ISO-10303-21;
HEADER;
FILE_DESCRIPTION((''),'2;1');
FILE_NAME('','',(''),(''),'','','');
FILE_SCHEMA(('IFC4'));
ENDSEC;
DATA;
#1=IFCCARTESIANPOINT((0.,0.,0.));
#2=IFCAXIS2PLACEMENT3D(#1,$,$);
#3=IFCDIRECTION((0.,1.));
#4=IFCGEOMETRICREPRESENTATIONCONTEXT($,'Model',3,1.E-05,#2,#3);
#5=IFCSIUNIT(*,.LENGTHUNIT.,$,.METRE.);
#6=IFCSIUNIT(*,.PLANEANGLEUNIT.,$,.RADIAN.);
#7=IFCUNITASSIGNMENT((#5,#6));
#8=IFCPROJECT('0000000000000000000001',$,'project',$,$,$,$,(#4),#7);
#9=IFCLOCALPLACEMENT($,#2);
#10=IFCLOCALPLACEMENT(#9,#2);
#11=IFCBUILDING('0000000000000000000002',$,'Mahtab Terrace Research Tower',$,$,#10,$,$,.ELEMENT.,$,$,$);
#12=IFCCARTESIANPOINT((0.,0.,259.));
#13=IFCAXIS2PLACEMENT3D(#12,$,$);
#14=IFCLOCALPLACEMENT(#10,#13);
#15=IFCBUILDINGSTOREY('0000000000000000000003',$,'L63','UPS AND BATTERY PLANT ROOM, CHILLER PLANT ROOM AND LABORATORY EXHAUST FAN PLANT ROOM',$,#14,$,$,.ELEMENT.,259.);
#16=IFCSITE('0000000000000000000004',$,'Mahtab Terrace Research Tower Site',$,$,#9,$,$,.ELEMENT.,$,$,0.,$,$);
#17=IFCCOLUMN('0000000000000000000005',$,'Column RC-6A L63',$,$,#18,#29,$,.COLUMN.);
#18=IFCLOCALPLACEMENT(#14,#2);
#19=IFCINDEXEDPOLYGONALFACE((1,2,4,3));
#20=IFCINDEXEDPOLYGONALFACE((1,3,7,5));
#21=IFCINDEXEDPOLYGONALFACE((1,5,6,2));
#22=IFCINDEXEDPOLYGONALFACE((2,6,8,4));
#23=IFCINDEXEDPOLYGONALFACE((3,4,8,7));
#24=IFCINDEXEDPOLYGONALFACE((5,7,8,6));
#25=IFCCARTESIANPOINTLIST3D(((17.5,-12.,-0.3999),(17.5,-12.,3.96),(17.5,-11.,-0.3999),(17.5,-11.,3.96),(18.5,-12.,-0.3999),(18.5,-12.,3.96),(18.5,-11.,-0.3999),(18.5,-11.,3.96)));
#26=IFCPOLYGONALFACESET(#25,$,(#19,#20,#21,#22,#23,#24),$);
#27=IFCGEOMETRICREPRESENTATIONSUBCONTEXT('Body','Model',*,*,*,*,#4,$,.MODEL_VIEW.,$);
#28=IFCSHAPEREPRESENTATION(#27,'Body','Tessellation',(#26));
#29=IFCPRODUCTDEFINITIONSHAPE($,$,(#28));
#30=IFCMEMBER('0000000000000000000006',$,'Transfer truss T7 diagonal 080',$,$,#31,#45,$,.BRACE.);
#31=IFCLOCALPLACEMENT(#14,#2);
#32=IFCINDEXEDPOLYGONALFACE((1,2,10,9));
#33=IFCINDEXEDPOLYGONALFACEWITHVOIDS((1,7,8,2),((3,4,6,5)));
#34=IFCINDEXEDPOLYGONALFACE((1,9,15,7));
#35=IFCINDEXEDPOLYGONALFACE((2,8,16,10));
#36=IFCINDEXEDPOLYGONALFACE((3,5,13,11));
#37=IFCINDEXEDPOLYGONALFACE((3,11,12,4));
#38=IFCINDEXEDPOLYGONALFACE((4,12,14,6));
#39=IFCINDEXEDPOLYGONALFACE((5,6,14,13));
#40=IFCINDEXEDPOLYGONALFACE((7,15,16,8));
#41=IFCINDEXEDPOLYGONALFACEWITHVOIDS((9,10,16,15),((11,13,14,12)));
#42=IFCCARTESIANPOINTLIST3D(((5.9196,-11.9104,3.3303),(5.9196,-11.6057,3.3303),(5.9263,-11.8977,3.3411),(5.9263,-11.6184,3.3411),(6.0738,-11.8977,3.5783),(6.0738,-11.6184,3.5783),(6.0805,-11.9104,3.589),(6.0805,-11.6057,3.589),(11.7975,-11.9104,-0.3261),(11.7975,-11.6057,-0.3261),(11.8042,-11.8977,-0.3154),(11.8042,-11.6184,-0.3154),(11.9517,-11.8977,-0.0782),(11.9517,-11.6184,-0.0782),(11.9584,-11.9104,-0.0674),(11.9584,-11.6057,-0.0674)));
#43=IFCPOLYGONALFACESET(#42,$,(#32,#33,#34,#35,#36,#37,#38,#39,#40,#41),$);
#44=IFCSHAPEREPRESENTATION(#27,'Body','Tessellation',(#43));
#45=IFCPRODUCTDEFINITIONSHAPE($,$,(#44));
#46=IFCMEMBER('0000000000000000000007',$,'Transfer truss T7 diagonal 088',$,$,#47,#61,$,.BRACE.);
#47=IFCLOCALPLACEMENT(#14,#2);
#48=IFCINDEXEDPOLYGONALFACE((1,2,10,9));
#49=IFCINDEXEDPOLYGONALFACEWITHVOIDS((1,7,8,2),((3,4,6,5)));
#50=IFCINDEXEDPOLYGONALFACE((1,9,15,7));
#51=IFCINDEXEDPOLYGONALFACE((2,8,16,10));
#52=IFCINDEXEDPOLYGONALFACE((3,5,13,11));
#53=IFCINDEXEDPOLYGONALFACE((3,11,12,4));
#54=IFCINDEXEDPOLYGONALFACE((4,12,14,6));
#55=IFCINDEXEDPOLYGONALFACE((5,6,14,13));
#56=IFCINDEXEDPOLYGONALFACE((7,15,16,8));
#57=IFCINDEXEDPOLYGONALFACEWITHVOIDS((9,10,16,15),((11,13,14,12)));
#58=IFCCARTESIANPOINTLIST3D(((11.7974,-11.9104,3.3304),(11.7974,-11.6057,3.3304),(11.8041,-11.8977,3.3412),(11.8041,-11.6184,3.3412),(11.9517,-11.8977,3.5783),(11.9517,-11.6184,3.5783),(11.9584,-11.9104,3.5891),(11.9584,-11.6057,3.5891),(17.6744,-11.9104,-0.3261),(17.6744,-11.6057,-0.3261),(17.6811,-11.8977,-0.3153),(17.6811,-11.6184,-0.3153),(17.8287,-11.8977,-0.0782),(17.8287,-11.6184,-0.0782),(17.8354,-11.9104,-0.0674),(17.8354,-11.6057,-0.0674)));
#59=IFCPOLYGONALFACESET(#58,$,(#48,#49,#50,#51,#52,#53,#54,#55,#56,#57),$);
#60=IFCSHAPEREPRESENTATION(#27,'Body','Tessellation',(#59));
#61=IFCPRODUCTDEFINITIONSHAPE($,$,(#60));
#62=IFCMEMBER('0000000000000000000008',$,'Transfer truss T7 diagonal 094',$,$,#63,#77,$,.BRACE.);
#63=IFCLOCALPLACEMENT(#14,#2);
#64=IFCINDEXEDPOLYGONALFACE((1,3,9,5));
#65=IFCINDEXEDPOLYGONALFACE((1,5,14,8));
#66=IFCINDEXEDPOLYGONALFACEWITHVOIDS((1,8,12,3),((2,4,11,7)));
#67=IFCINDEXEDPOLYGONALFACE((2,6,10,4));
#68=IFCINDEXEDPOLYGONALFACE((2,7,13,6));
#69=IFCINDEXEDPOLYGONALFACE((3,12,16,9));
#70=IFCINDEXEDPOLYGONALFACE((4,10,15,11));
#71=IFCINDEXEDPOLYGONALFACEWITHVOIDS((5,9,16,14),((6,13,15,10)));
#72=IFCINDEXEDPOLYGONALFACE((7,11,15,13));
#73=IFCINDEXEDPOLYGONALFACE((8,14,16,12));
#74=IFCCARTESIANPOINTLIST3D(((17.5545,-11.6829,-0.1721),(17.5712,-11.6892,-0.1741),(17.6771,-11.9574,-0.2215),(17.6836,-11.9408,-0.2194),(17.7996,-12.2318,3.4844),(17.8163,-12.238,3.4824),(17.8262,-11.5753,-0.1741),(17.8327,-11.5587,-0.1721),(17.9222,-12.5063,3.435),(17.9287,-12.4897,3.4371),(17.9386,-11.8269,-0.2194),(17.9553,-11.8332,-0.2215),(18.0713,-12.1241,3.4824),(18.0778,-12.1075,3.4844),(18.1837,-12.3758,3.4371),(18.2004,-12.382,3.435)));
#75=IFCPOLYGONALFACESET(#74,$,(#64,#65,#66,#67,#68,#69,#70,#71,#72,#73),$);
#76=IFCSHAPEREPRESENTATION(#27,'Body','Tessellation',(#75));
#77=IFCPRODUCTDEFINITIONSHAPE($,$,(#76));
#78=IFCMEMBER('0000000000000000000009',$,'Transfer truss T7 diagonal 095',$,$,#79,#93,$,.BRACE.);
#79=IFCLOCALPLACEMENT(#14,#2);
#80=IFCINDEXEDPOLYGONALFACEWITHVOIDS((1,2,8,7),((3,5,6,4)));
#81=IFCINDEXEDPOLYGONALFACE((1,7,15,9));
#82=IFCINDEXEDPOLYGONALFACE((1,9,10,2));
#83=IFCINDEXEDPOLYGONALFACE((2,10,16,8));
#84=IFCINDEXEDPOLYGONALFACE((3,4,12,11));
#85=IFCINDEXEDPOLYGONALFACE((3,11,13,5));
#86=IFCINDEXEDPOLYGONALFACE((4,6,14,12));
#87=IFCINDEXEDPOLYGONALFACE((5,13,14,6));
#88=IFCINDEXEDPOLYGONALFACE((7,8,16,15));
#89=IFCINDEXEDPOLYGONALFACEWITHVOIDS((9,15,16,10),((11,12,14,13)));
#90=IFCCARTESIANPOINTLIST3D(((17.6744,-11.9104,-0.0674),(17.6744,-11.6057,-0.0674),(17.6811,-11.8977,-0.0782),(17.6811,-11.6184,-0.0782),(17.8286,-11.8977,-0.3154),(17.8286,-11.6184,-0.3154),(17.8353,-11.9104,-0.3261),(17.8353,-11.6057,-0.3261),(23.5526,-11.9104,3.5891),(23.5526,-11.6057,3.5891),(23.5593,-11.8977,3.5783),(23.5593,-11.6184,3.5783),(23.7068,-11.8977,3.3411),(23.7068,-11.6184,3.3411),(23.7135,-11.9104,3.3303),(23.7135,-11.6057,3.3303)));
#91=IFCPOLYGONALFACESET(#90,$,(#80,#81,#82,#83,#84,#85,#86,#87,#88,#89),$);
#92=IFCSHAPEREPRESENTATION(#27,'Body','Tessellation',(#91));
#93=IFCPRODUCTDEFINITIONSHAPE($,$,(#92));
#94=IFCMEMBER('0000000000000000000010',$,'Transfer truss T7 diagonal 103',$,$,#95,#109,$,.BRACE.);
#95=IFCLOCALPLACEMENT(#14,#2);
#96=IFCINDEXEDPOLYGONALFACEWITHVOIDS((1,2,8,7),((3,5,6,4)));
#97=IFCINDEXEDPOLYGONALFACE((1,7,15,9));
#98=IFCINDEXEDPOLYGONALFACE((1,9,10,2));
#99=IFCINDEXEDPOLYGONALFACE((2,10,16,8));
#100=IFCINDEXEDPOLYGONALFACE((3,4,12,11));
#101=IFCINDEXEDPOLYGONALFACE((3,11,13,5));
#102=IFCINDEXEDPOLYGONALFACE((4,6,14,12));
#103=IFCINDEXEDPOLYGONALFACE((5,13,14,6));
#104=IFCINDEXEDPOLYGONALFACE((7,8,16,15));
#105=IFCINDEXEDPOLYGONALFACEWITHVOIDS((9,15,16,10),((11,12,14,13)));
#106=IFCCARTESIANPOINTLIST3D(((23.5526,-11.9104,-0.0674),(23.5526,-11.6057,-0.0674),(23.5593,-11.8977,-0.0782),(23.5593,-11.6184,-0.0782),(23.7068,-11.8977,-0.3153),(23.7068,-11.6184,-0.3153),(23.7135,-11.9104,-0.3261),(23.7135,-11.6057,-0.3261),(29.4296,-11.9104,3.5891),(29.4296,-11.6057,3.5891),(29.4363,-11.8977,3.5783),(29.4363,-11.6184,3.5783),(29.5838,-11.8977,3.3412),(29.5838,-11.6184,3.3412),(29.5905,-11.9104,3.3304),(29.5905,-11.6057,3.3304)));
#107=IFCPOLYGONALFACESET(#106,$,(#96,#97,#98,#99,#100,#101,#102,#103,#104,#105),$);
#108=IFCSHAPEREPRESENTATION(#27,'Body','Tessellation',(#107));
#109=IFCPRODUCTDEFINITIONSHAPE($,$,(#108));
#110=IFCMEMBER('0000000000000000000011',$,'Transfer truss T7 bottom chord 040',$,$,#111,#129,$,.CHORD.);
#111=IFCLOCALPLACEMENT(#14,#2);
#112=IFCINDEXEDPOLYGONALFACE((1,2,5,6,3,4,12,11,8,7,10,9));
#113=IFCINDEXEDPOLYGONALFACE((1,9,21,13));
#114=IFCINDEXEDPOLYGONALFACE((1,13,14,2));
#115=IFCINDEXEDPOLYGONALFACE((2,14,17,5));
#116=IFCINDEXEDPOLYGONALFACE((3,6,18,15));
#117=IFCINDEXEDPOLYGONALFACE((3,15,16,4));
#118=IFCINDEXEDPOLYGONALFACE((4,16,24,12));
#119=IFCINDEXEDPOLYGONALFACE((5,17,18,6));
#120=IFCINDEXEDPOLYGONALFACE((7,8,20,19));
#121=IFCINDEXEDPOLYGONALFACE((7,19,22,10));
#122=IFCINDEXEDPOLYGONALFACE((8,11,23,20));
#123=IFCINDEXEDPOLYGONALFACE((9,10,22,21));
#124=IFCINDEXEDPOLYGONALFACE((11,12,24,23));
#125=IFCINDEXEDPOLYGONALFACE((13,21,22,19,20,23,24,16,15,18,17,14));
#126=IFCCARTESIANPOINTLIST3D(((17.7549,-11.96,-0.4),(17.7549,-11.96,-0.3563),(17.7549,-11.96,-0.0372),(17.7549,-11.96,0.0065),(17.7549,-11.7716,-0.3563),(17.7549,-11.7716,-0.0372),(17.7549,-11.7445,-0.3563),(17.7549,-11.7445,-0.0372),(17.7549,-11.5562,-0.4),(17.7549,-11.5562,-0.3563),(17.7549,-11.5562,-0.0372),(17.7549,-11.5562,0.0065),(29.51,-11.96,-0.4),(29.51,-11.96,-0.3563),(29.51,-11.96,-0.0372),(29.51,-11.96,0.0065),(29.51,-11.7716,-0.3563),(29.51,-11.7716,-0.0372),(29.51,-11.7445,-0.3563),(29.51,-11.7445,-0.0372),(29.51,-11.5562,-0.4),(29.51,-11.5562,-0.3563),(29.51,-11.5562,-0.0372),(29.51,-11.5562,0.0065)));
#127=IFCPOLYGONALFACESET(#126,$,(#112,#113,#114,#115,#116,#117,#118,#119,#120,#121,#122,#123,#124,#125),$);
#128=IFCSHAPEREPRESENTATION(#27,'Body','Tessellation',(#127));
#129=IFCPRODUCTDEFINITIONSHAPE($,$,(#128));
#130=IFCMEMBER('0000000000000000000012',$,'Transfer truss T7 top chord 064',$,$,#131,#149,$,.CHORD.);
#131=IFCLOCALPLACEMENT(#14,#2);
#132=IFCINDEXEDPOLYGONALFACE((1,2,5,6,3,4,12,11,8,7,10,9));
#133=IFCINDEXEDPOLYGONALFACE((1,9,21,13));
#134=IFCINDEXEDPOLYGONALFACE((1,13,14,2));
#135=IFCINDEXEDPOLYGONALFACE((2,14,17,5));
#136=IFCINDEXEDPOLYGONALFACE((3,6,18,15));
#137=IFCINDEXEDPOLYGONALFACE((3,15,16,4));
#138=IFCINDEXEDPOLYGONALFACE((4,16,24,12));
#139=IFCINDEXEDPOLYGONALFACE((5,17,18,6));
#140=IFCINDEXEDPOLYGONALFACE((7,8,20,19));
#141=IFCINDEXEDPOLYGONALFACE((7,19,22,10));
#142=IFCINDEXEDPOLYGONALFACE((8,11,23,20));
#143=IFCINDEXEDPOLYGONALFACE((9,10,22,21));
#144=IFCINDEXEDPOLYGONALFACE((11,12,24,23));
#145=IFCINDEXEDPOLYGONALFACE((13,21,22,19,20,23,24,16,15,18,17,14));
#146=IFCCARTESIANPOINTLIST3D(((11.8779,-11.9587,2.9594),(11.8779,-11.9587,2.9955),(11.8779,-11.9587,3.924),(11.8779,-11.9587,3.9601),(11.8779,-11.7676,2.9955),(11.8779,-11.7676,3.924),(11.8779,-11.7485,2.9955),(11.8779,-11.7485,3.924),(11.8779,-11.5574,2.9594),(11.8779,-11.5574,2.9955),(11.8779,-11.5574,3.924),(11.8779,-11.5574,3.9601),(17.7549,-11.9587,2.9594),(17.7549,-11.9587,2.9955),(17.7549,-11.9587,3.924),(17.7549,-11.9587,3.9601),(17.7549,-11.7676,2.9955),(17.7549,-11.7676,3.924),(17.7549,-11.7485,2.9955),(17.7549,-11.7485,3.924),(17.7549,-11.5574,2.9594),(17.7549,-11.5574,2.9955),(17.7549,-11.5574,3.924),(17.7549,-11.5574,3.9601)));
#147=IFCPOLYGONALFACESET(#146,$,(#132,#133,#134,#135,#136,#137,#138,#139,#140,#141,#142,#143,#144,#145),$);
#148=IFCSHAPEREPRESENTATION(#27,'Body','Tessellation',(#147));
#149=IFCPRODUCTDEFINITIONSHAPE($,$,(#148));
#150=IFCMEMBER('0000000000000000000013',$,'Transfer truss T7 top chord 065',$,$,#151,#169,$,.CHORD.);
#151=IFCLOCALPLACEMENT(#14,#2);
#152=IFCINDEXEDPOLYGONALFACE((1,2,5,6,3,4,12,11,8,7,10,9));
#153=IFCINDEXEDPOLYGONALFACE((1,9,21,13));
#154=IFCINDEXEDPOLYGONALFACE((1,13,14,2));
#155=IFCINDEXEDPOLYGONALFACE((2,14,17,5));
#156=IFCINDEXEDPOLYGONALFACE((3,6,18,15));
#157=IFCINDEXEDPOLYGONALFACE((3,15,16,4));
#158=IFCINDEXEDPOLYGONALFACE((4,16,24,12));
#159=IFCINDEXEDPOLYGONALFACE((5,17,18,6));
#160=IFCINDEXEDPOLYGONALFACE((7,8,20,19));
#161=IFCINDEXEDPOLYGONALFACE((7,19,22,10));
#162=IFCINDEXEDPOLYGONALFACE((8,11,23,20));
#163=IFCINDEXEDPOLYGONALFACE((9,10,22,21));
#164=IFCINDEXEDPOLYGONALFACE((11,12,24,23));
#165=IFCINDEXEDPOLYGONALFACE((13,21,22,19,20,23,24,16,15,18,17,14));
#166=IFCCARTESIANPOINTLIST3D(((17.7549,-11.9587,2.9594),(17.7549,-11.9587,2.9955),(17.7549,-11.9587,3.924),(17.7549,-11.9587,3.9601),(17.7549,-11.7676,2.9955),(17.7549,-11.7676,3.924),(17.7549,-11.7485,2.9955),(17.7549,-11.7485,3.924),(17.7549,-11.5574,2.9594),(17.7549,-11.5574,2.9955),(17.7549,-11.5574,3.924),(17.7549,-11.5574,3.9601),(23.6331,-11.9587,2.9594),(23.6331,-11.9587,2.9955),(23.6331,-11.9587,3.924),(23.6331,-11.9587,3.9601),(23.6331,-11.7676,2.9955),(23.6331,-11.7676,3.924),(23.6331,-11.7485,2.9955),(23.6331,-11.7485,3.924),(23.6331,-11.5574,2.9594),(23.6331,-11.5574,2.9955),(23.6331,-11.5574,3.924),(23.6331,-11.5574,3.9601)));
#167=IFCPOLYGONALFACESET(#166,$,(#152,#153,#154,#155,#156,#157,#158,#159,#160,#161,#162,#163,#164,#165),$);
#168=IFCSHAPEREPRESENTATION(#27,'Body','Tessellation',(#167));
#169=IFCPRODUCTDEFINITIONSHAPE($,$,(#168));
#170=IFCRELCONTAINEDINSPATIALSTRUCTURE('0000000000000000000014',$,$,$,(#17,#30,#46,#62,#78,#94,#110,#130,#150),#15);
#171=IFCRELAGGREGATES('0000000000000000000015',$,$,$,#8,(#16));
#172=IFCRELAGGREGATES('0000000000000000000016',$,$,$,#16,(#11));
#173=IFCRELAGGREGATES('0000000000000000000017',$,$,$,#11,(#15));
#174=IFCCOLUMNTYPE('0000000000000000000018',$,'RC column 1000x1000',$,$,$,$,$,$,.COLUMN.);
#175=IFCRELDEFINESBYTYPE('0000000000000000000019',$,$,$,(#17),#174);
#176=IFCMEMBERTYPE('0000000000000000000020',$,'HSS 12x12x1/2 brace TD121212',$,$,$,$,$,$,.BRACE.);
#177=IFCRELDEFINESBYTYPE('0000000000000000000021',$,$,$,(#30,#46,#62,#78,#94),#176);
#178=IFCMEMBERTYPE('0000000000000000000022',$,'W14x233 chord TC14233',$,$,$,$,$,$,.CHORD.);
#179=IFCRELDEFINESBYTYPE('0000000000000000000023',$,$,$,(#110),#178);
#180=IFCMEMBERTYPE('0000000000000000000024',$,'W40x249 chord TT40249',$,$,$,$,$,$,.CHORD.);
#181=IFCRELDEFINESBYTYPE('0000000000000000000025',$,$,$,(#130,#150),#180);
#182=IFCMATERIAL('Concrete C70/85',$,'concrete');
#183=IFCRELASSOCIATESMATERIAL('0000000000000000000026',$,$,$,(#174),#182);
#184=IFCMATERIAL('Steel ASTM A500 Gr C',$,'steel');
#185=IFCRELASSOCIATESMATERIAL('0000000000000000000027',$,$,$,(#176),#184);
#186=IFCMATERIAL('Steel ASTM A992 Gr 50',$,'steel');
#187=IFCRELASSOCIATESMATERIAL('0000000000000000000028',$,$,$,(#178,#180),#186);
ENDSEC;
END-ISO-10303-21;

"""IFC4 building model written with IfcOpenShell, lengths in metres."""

from ifc_helpers import new_model, si_unit, direction, frame, origin, origin_2d, place, context, subcontext, project, spatial, rectangle, hollow_rectangle, i_section, extrude, material, material_profile, profile_set, type_object, element, save


model = new_model("IFC4")

# Units and contexts
model_context = context("Model", 3, precision=1e-05, world=origin(), true_north=direction((0.0, 1.0)))
body_context = subcontext(model_context, "Body", "Model", "MODEL_VIEW")
ifc_project = project(units=[si_unit("LENGTHUNIT", "METRE"), si_unit("PLANEANGLEUNIT", "RADIAN")], contexts=[model_context])

# Site, building, storey
site_placement = place(None, origin())
site = spatial("IfcSite", under=ifc_project, at=site_placement, Name="Mahtab Terrace Research Tower Site", CompositionType="ELEMENT", RefElevation=0.0)
building_placement = place(site_placement, origin())
building = spatial("IfcBuilding", under=site, at=building_placement, Name="Mahtab Terrace Research Tower", CompositionType="ELEMENT")
storey_placement = place(building_placement, frame((0.0, 0.0, 259.0)))
storey = spatial("IfcBuildingStorey", under=building, at=storey_placement, Name="L63", Description="UPS AND BATTERY PLANT ROOM, CHILLER PLANT ROOM AND LABORATORY EXHAUST FAN PLANT ROOM", CompositionType="ELEMENT", Elevation=259.0)

# Column
ifc_material_1 = material(Name="Concrete C70/85", Category="concrete")
ifc_material_profile_1 = material_profile(ifc_material_1, rectangle(XDim=1.0, YDim=1.0, at=origin_2d()), Name="RC column 1000x1000")
ifc_profile_set_1 = profile_set([ifc_material_profile_1], Name="Concrete C70/85")
column_type = type_object("IfcColumnType", Name="RC column 1000x1000", PredefinedType="COLUMN", material=ifc_profile_set_1)
column_placement = place(storey_placement, frame((18.0, -11.5, -0.3999), z_axis=(0.0, 0.0, 1.0), x_axis=(1.0, 0.0, 0.0)))
element("IfcColumn", 1, at=column_placement, inside=storey, type_object=column_type, Name="Column RC-6A L63", PredefinedType="COLUMN", context=body_context, shape_type="SweptSolid", body=[
    extrude(rectangle(XDim=1.0, YDim=1.0, at=origin_2d()), origin(), (0.0, 0.0, 1.0), 4.3599),
])

# Members
ifc_material_2 = material(Name="Steel ASTM A500 Gr C", Category="steel")
ifc_material_profile_2 = material_profile(ifc_material_2, hollow_rectangle(XDim=0.3047, YDim=0.3047, WallThickness=0.0127, at=origin_2d()), Name="HSS12X12X1/2")
ifc_profile_set_2 = profile_set([ifc_material_profile_2], Name="Steel ASTM A500 Gr C")
member_type_1 = type_object("IfcMemberType", Name="HSS 12x12x1/2 brace TD121212", PredefinedType="BRACE", material=ifc_profile_set_2)
member_1_placement = place(storey_placement, frame((11.8779, -11.7581, -0.1968), z_axis=(-0.849114, 0.0, 0.52821), x_axis=(0.0, -1.0, 0.0)))
element("IfcMember", 2, at=member_1_placement, inside=storey, type_object=member_type_1, Name="Transfer truss T7 diagonal 080", PredefinedType="BRACE", context=body_context, shape_type="SweptSolid", body=[
    extrude(hollow_rectangle(XDim=0.3047, YDim=0.3047, WallThickness=0.0127, at=origin_2d()), origin(), (0.0, 0.0, 1.0), 6.9224),
])
member_2_placement = place(storey_placement, frame((17.7549, -11.7581, -0.1968), z_axis=(-0.849075, 0.0, 0.528273), x_axis=(0.0, -1.0, 0.0)))
element("IfcMember", 3, at=member_2_placement, inside=storey, type_object=member_type_1, Name="Transfer truss T7 diagonal 088", PredefinedType="BRACE", context=body_context, shape_type="SweptSolid", body=[
    extrude(hollow_rectangle(XDim=0.3047, YDim=0.3047, WallThickness=0.0127, at=origin_2d()), origin(), (0.0, 0.0, 1.0), 6.9216),
])
member_3_placement = place(storey_placement, frame((17.7549, -11.7581, -0.1968), z_axis=(0.066148, -0.148109, 0.986756), x_axis=(0.913073, 0.407796, 0.0)))
element("IfcMember", 4, at=member_3_placement, inside=storey, type_object=member_type_1, Name="Transfer truss T7 diagonal 094", PredefinedType="BRACE", context=body_context, shape_type="SweptSolid", body=[
    extrude(hollow_rectangle(XDim=0.3047, YDim=0.3047, WallThickness=0.0127, at=origin_2d()), origin(), (0.0, 0.0, 1.0), 3.7056),
])
member_4_placement = place(storey_placement, frame((17.7549, -11.7581, -0.1968), z_axis=(0.849124, 0.0, 0.528194), x_axis=(0.0, 1.0, 0.0)))
element("IfcMember", 5, at=member_4_placement, inside=storey, type_object=member_type_1, Name="Transfer truss T7 diagonal 095", PredefinedType="BRACE", context=body_context, shape_type="SweptSolid", body=[
    extrude(hollow_rectangle(XDim=0.3047, YDim=0.3047, WallThickness=0.0127, at=origin_2d()), origin(), (0.0, 0.0, 1.0), 6.9226),
])
member_5_placement = place(storey_placement, frame((23.6331, -11.7581, -0.1968), z_axis=(0.849075, 0.0, 0.528273), x_axis=(0.0, 1.0, 0.0)))
element("IfcMember", 6, at=member_5_placement, inside=storey, type_object=member_type_1, Name="Transfer truss T7 diagonal 103", PredefinedType="BRACE", context=body_context, shape_type="SweptSolid", body=[
    extrude(hollow_rectangle(XDim=0.3047, YDim=0.3047, WallThickness=0.0127, at=origin_2d()), origin(), (0.0, 0.0, 1.0), 6.9216),
])
ifc_material_3 = material(Name="Steel ASTM A992 Gr 50", Category="steel")
ifc_material_profile_3 = material_profile(ifc_material_3, i_section(OverallWidth=0.4038, OverallDepth=0.4065, WebThickness=0.0271, FlangeThickness=0.0437, at=origin_2d()), Name="W14X233")
ifc_profile_set_3 = profile_set([ifc_material_profile_3], Name="Steel ASTM A992 Gr 50")
member_type_2 = type_object("IfcMemberType", Name="W14x233 chord TC14233", PredefinedType="CHORD", material=ifc_profile_set_3)
member_6_placement = place(storey_placement, frame((17.7549, -11.7581, -0.1968), z_axis=(1.0, 0.0, 0.0), x_axis=(0.0, 1.0, 0.0)))
element("IfcMember", 7, at=member_6_placement, inside=storey, type_object=member_type_2, Name="Transfer truss T7 bottom chord 040", PredefinedType="CHORD", context=body_context, shape_type="SweptSolid", body=[
    extrude(i_section(OverallWidth=0.4038, OverallDepth=0.4065, WebThickness=0.0271, FlangeThickness=0.0437, at=origin_2d()), origin(), (0.0, 0.0, 1.0), 11.7551),
])
ifc_material_profile_4 = material_profile(ifc_material_3, i_section(OverallWidth=0.4014, OverallDepth=1.0007, WebThickness=0.019, FlangeThickness=0.0361, at=origin_2d()), Name="W40X249")
ifc_profile_set_4 = profile_set([ifc_material_profile_4], Name="Steel ASTM A992 Gr 50")
member_type_3 = type_object("IfcMemberType", Name="W40x249 chord TT40249", PredefinedType="CHORD", material=ifc_profile_set_4)
member_7_placement = place(storey_placement, frame((11.8779, -11.7581, 3.4597), z_axis=(1.0, 0.0, 0.0), x_axis=(0.0, 1.0, 0.0)))
element("IfcMember", 8, at=member_7_placement, inside=storey, type_object=member_type_3, Name="Transfer truss T7 top chord 064", PredefinedType="CHORD", context=body_context, shape_type="SweptSolid", body=[
    extrude(i_section(OverallWidth=0.4014, OverallDepth=1.0007, WebThickness=0.019, FlangeThickness=0.0361, at=origin_2d()), origin(), (0.0, 0.0, 1.0), 5.877),
])
member_8_placement = place(storey_placement, frame((17.7549, -11.7581, 3.4597), z_axis=(1.0, 0.0, 0.0), x_axis=(0.0, 1.0, 0.0)))
element("IfcMember", 9, at=member_8_placement, inside=storey, type_object=member_type_3, Name="Transfer truss T7 top chord 065", PredefinedType="CHORD", context=body_context, shape_type="SweptSolid", body=[
    extrude(i_section(OverallWidth=0.4014, OverallDepth=1.0007, WebThickness=0.019, FlangeThickness=0.0361, at=origin_2d()), origin(), (0.0, 0.0, 1.0), 5.8782),
])

save(model, "model.ifc")
